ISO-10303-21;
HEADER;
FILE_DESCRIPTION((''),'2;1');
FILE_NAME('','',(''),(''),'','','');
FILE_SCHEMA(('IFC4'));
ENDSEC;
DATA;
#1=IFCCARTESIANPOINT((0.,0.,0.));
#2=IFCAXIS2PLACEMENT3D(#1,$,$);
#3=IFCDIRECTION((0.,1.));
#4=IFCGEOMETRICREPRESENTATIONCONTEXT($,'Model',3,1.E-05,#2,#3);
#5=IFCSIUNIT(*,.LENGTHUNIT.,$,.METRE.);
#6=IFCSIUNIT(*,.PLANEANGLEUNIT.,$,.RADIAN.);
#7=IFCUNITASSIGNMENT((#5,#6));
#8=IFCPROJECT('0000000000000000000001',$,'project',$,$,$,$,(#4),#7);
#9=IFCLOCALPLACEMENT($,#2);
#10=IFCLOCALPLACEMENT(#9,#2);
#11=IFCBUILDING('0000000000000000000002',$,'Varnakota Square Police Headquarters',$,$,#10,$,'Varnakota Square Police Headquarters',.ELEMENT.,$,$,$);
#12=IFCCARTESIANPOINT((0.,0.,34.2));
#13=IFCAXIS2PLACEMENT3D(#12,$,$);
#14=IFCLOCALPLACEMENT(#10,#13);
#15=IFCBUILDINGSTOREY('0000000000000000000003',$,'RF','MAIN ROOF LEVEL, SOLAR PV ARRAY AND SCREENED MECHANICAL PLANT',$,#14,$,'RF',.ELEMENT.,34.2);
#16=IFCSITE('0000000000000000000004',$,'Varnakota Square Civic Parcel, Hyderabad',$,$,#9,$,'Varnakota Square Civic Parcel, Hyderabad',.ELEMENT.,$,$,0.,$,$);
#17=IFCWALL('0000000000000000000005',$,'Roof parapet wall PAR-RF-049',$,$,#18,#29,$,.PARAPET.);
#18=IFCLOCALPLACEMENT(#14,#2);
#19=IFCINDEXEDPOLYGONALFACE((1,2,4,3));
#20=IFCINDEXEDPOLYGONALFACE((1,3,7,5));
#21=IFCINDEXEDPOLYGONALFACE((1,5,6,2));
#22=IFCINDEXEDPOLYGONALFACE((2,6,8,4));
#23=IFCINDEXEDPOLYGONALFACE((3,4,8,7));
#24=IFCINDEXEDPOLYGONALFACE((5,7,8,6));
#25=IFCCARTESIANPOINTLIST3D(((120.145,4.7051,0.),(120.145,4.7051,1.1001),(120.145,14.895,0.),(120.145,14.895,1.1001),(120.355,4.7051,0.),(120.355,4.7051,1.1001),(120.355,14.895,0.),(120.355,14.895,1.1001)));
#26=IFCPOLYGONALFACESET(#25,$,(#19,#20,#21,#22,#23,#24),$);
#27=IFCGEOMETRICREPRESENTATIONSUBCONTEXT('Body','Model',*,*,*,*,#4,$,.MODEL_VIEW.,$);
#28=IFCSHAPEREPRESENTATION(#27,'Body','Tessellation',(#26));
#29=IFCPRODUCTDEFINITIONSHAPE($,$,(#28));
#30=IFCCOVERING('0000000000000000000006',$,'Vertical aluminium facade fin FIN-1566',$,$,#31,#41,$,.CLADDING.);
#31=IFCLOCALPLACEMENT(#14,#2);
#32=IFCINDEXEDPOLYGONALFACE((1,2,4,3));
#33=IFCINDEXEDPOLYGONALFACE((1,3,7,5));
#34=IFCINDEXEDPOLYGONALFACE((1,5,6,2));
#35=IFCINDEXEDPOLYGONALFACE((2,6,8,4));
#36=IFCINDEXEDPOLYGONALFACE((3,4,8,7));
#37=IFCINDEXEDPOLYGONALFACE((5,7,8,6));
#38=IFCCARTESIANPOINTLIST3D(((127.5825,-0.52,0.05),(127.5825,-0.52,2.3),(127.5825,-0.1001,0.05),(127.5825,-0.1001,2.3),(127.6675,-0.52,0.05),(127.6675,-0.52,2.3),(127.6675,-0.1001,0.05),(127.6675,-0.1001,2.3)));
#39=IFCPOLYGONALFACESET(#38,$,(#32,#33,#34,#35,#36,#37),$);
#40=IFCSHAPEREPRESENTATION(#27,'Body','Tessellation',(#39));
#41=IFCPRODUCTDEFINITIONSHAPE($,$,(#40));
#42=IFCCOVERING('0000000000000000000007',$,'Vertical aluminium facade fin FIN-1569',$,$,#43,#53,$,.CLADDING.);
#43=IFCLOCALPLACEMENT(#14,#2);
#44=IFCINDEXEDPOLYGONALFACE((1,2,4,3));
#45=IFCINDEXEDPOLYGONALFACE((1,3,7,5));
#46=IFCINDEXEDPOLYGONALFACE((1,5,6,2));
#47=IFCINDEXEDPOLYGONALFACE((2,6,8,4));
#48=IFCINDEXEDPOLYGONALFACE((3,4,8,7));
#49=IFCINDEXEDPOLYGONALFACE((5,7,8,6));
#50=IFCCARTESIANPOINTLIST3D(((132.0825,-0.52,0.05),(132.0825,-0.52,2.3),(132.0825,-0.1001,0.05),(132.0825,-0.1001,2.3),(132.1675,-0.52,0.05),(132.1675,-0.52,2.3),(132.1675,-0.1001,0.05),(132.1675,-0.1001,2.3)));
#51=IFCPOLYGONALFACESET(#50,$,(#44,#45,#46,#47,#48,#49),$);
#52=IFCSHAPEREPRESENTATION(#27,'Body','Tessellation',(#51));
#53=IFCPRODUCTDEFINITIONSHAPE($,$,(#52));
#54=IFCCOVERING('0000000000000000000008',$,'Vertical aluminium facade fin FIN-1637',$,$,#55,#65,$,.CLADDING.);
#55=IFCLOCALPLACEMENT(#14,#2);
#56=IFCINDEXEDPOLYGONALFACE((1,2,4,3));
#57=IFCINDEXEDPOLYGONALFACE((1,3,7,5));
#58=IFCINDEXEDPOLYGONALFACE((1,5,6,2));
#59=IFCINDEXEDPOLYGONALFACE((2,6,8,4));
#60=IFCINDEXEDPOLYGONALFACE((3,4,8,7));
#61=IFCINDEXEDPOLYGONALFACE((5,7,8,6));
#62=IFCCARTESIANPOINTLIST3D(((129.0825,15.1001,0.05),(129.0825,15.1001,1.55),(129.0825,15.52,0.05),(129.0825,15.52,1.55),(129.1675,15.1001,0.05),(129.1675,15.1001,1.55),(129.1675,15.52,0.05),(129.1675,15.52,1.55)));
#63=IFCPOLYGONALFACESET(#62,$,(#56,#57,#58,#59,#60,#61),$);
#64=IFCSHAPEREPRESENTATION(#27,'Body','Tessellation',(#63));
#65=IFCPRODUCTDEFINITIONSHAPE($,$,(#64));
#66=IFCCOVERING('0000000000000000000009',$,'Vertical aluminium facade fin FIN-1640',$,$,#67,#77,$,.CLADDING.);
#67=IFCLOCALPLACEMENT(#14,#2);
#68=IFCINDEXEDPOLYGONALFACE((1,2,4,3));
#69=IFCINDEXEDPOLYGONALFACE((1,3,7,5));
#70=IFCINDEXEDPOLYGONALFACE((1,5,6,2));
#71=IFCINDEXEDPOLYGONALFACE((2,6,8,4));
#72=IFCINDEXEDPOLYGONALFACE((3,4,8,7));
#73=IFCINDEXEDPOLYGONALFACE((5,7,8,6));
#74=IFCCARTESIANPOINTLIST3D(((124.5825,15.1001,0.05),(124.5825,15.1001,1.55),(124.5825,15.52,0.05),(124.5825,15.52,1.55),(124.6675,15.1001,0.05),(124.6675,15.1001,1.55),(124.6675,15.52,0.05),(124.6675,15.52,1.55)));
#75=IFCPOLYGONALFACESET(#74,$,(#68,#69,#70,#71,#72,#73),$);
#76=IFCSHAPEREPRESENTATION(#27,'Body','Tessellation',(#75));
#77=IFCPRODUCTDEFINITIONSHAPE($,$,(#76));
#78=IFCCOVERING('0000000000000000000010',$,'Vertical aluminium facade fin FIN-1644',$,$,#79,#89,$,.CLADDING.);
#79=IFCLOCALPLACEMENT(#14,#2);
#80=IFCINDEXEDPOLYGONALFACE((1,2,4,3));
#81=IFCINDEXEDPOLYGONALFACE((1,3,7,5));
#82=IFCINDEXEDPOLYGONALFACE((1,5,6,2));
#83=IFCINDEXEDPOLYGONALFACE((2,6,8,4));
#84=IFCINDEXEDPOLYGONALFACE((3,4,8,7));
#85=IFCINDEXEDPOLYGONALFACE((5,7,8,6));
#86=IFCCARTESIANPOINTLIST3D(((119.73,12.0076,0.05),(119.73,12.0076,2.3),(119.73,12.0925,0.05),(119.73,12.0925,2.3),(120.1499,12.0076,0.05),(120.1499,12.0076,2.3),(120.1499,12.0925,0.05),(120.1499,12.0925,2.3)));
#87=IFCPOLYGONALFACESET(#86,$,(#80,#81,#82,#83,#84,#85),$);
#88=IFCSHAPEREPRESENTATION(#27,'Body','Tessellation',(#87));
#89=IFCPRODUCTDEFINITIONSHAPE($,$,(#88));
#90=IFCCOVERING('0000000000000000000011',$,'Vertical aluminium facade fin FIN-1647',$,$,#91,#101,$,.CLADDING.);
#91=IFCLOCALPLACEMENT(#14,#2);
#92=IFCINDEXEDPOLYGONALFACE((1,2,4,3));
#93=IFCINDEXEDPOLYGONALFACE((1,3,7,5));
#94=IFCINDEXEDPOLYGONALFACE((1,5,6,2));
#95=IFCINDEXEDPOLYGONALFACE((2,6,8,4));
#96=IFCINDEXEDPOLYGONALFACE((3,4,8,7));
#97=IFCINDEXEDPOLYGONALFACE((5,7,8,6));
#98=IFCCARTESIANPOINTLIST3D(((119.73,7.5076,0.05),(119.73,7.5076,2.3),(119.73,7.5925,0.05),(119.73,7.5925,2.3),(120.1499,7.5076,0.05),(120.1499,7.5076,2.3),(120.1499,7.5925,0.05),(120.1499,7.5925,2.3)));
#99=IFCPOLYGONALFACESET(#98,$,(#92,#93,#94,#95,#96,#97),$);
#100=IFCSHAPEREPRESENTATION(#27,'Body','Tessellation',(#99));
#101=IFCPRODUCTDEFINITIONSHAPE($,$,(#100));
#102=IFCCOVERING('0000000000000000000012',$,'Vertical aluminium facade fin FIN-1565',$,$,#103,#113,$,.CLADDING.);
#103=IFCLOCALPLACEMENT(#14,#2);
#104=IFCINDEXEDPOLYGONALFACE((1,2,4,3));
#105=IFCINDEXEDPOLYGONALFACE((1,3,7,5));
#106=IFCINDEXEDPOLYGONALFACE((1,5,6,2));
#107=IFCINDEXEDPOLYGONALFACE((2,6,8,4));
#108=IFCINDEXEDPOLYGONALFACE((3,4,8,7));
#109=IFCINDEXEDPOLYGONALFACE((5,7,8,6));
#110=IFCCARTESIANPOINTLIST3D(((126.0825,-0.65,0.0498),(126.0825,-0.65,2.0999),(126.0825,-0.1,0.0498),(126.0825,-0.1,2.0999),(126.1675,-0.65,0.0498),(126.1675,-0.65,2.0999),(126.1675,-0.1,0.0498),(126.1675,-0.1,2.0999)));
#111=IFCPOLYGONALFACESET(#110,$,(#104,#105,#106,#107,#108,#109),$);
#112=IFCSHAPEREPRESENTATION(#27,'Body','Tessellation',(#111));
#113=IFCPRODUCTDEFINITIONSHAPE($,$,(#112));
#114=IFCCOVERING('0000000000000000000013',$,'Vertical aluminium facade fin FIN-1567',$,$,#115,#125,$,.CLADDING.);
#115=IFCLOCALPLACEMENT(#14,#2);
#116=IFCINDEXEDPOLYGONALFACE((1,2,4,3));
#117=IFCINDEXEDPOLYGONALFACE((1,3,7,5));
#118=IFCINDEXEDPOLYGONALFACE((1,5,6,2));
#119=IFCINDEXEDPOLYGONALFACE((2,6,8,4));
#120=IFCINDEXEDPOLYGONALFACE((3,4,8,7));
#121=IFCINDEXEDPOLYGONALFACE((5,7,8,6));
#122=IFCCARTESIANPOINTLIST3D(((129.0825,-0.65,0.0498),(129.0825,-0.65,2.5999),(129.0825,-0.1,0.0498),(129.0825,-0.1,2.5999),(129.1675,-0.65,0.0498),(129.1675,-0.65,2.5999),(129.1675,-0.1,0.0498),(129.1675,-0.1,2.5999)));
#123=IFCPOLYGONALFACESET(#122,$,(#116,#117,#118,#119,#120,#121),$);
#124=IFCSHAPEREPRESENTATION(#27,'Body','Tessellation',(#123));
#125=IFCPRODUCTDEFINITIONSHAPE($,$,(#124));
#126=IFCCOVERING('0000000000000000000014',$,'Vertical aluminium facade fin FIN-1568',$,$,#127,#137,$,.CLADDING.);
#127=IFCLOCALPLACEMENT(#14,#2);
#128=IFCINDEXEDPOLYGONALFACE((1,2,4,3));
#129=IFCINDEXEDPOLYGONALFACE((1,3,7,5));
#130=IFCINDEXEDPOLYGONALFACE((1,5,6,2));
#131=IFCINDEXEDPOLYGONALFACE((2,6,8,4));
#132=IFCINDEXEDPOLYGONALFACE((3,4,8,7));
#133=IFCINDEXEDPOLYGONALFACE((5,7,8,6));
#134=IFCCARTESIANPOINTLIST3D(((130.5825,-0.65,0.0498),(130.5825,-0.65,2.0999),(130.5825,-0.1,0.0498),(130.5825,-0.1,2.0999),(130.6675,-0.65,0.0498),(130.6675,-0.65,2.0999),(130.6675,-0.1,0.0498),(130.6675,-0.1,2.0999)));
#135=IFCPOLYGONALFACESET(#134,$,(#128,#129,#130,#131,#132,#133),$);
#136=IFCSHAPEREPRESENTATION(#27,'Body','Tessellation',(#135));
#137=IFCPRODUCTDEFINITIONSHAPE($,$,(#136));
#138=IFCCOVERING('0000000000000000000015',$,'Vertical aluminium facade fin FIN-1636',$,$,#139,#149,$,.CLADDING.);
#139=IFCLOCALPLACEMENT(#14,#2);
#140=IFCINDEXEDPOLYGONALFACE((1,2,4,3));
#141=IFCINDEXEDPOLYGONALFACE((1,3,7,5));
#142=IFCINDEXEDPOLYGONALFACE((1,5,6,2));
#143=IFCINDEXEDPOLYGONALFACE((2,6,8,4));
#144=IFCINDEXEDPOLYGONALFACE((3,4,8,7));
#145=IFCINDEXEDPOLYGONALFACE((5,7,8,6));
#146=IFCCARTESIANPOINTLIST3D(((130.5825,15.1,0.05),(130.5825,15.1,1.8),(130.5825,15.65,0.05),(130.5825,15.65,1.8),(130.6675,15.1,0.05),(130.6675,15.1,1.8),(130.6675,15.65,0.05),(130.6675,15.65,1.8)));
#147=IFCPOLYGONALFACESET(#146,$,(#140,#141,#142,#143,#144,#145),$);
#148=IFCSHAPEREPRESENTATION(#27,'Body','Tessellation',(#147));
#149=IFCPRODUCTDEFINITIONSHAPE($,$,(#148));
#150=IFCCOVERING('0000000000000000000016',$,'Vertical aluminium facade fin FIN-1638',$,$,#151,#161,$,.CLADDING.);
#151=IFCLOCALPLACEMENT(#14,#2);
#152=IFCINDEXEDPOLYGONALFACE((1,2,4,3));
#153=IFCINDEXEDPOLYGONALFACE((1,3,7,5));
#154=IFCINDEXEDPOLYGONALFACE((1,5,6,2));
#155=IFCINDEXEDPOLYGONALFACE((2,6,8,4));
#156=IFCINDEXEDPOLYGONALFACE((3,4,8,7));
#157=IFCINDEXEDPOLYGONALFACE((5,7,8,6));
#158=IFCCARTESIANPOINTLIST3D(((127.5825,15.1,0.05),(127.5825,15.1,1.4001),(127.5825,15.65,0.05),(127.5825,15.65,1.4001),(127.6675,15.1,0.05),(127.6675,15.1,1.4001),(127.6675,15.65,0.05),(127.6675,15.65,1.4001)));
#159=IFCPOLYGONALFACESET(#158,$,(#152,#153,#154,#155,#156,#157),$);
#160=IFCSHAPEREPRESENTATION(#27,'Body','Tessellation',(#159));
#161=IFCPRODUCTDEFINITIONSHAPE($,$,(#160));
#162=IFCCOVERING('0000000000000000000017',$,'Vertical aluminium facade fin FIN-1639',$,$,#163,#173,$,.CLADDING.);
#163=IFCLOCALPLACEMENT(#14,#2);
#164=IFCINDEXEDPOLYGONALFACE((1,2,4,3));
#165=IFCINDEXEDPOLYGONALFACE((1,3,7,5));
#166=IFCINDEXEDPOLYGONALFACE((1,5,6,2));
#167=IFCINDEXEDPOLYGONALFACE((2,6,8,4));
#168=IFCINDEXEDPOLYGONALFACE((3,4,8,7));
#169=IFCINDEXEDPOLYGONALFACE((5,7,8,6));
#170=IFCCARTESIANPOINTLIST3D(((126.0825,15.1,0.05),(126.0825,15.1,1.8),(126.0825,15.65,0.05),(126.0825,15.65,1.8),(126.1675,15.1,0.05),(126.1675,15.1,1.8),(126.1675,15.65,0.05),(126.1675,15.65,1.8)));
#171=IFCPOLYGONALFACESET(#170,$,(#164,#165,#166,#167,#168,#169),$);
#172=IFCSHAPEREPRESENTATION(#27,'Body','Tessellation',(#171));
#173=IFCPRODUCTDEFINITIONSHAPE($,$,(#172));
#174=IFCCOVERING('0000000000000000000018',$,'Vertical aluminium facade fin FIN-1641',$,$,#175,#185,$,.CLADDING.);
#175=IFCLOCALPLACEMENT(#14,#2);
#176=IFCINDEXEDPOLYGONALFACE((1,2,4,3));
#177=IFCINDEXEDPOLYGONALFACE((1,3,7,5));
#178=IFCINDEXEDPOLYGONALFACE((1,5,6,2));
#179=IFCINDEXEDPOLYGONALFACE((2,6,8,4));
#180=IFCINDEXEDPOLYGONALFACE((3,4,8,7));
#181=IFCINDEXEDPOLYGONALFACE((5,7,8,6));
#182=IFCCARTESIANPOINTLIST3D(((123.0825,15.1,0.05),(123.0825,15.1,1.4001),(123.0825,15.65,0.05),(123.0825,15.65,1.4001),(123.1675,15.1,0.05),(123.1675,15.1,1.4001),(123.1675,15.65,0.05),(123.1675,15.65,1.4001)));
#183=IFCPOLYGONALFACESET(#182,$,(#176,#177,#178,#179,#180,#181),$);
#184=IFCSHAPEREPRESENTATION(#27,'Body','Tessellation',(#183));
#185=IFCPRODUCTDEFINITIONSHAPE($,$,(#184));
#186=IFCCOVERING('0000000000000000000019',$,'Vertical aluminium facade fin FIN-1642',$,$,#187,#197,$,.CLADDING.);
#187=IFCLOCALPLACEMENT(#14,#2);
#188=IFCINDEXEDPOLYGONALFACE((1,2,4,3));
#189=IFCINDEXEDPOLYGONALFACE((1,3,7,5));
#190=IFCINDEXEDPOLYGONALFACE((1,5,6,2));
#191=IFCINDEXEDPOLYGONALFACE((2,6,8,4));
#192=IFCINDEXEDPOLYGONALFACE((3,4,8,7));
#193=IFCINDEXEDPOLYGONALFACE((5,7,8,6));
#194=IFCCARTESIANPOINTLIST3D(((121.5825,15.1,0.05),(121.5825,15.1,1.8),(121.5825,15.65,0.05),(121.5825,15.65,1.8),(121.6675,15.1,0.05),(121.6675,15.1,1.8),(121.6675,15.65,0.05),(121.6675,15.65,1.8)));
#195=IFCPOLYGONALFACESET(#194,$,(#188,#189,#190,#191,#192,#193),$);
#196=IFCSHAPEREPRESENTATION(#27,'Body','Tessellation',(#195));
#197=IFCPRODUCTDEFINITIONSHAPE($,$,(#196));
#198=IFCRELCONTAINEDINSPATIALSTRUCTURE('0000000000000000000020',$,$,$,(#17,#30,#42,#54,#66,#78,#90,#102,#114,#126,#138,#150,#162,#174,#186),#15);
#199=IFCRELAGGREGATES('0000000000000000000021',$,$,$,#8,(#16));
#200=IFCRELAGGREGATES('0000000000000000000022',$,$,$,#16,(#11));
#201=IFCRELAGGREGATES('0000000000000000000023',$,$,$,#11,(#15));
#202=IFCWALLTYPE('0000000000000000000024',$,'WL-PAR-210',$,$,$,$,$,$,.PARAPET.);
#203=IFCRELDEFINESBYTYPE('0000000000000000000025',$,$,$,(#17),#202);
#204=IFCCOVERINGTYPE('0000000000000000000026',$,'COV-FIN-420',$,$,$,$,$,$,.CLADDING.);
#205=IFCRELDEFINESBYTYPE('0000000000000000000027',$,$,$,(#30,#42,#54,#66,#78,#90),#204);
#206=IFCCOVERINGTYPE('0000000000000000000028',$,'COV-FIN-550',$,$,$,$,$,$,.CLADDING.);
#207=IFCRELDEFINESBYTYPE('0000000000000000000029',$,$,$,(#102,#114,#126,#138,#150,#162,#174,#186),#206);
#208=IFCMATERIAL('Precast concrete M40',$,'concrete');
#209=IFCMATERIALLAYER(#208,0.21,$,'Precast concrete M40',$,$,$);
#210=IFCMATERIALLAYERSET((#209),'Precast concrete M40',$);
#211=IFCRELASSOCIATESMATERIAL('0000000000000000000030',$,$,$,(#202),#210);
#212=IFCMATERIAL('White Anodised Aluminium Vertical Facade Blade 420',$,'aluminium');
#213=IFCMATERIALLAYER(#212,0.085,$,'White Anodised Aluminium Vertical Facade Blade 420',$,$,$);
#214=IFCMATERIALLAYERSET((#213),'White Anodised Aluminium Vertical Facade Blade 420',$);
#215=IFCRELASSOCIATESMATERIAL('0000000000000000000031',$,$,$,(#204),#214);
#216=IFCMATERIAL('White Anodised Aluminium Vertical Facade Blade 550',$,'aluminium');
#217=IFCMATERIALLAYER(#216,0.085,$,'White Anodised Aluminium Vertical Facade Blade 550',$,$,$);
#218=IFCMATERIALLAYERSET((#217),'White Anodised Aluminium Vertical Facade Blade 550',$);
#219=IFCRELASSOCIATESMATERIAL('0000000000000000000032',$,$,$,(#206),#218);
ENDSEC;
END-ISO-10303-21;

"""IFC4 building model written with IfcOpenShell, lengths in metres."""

from ifc_helpers import new_model, si_unit, direction, frame, frame_2d, origin, origin_2d, place, context, subcontext, project, spatial, rectangle, extrude, material, layer, layer_set, type_object, element, save


model = new_model("IFC4")

# Units and contexts
model_context = context("Model", 3, precision=1e-05, world=origin(), true_north=direction((0.0, 1.0)))
body_context = subcontext(model_context, "Body", "Model", "MODEL_VIEW")
ifc_project = project(units=[si_unit("LENGTHUNIT", "METRE"), si_unit("PLANEANGLEUNIT", "RADIAN")], contexts=[model_context])

# Site, building, storey
site_placement = place(None, origin())
site = spatial("IfcSite", under=ifc_project, at=site_placement, Name="Varnakota Square Civic Parcel, Hyderabad", LongName="Varnakota Square Civic Parcel, Hyderabad", CompositionType="ELEMENT", RefElevation=0.0)
building_placement = place(site_placement, origin())
building = spatial("IfcBuilding", under=site, at=building_placement, Name="Varnakota Square Police Headquarters", LongName="Varnakota Square Police Headquarters", CompositionType="ELEMENT")
storey_placement = place(building_placement, frame((0.0, 0.0, 34.2)))
storey = spatial("IfcBuildingStorey", under=building, at=storey_placement, Name="RF", Description="MAIN ROOF LEVEL, SOLAR PV ARRAY AND SCREENED MECHANICAL PLANT", LongName="RF", CompositionType="ELEMENT", Elevation=34.2)

# Wall
ifc_material_1 = material(Name="Precast concrete M40", Category="concrete")
ifc_layer_1 = layer(ifc_material_1, 0.21, Name="Precast concrete M40")
ifc_layer_set_1 = layer_set([ifc_layer_1], Name="Precast concrete M40")
wall_type = type_object("IfcWallType", Name="WL-PAR-210", PredefinedType="PARAPET", material=ifc_layer_set_1)
wall_1_placement = place(storey_placement, frame((120.25, 14.895, 0.0), z_axis=(0.0, 0.0, 1.0), x_axis=(0.0, -1.0, 0.0)))
element("IfcWall", 1, at=wall_1_placement, inside=storey, type_object=wall_type, Name="Roof parapet wall PAR-RF-049", PredefinedType="PARAPET", context=body_context, shape_type="SweptSolid", body=[
    extrude(rectangle(XDim=10.1899, YDim=0.21, at=frame_2d((5.095, 0.0))), origin(), (0.0, 0.0, 1.0), 1.1001),
])

# Coverings
ifc_material_2 = material(Name="White Anodised Aluminium Vertical Facade Blade 420", Category="aluminium")
ifc_layer_2 = layer(ifc_material_2, 0.085, Name="White Anodised Aluminium Vertical Facade Blade 420")
ifc_layer_set_2 = layer_set([ifc_layer_2], Name="White Anodised Aluminium Vertical Facade Blade 420")
covering_type_1 = type_object("IfcCoveringType", Name="COV-FIN-420", PredefinedType="CLADDING", material=ifc_layer_set_2)
for number, where, z_axis, x_axis, name in (
    (2, (127.625, -0.3101, 0.05), (0.0, 0.0, 1.0), (1.0, 0.0, 0.0), "Vertical aluminium facade fin FIN-1566"),
    (3, (132.125, -0.3101, 0.05), (0.0, 0.0, 1.0), (1.0, 0.0, 0.0), "Vertical aluminium facade fin FIN-1569"),
):
    element("IfcCovering", number, at=place(storey_placement, frame(where, z_axis=z_axis, x_axis=x_axis)), inside=storey, type_object=covering_type_1, Name=name, PredefinedType="CLADDING", context=body_context, shape_type="SweptSolid", body=[
        extrude(rectangle(XDim=0.085, YDim=0.4199, at=origin_2d()), origin(), (0.0, 0.0, 1.0), 2.25),
    ])
for number, where, z_axis, x_axis, name in (
    (4, (129.125, 15.3101, 0.05), (0.0, 0.0, 1.0), (-1.0, 0.0, 0.0), "Vertical aluminium facade fin FIN-1637"),
    (5, (124.625, 15.3101, 0.05), (0.0, 0.0, 1.0), (-1.0, 0.0, 0.0), "Vertical aluminium facade fin FIN-1640"),
):
    element("IfcCovering", number, at=place(storey_placement, frame(where, z_axis=z_axis, x_axis=x_axis)), inside=storey, type_object=covering_type_1, Name=name, PredefinedType="CLADDING", context=body_context, shape_type="SweptSolid", body=[
        extrude(rectangle(XDim=0.085, YDim=0.4199, at=origin_2d()), origin(), (0.0, 0.0, 1.0), 1.5),
    ])
for number, where, z_axis, x_axis, name in (
    (6, (119.9399, 12.05, 0.05), (0.0, 0.0, 1.0), (0.0, -1.0, 0.0), "Vertical aluminium facade fin FIN-1644"),
    (7, (119.9399, 7.55, 0.05), (0.0, 0.0, 1.0), (0.0, -1.0, 0.0), "Vertical aluminium facade fin FIN-1647"),
):
    element("IfcCovering", number, at=place(storey_placement, frame(where, z_axis=z_axis, x_axis=x_axis)), inside=storey, type_object=covering_type_1, Name=name, PredefinedType="CLADDING", context=body_context, shape_type="SweptSolid", body=[
        extrude(rectangle(XDim=0.085, YDim=0.4199, at=origin_2d()), origin(), (0.0, 0.0, 1.0), 2.25),
    ])
ifc_material_3 = material(Name="White Anodised Aluminium Vertical Facade Blade 550", Category="aluminium")
ifc_layer_3 = layer(ifc_material_3, 0.085, Name="White Anodised Aluminium Vertical Facade Blade 550")
ifc_layer_set_3 = layer_set([ifc_layer_3], Name="White Anodised Aluminium Vertical Facade Blade 550")
covering_type_2 = type_object("IfcCoveringType", Name="COV-FIN-550", PredefinedType="CLADDING", material=ifc_layer_set_3)
covering_1_placement = place(storey_placement, frame((126.125, -0.375, 0.0498), z_axis=(0.0, 0.0, 1.0), x_axis=(1.0, 0.0, 0.0)))
element("IfcCovering", 8, at=covering_1_placement, inside=storey, type_object=covering_type_2, Name="Vertical aluminium facade fin FIN-1565", PredefinedType="CLADDING", context=body_context, shape_type="SweptSolid", body=[
    extrude(rectangle(XDim=0.085, YDim=0.55, at=origin_2d()), origin(), (0.0, 0.0, 1.0), 2.05),
])
covering_2_placement = place(storey_placement, frame((129.125, -0.375, 0.0498), z_axis=(0.0, 0.0, 1.0), x_axis=(1.0, 0.0, 0.0)))
element("IfcCovering", 9, at=covering_2_placement, inside=storey, type_object=covering_type_2, Name="Vertical aluminium facade fin FIN-1567", PredefinedType="CLADDING", context=body_context, shape_type="SweptSolid", body=[
    extrude(rectangle(XDim=0.085, YDim=0.55, at=origin_2d()), origin(), (0.0, 0.0, 1.0), 2.55),
])
covering_3_placement = place(storey_placement, frame((130.625, -0.375, 0.0498), z_axis=(0.0, 0.0, 1.0), x_axis=(1.0, 0.0, 0.0)))
element("IfcCovering", 10, at=covering_3_placement, inside=storey, type_object=covering_type_2, Name="Vertical aluminium facade fin FIN-1568", PredefinedType="CLADDING", context=body_context, shape_type="SweptSolid", body=[
    extrude(rectangle(XDim=0.085, YDim=0.55, at=origin_2d()), origin(), (0.0, 0.0, 1.0), 2.05),
])
covering_4_placement = place(storey_placement, frame((130.625, 15.375, 0.05), z_axis=(0.0, 0.0, 1.0), x_axis=(-1.0, 0.0, 0.0)))
element("IfcCovering", 11, at=covering_4_placement, inside=storey, type_object=covering_type_2, Name="Vertical aluminium facade fin FIN-1636", PredefinedType="CLADDING", context=body_context, shape_type="SweptSolid", body=[
    extrude(rectangle(XDim=0.085, YDim=0.55, at=origin_2d()), origin(), (0.0, 0.0, 1.0), 1.75),
])
covering_5_placement = place(storey_placement, frame((127.625, 15.375, 0.05), z_axis=(0.0, 0.0, 1.0), x_axis=(-1.0, 0.0, 0.0)))
element("IfcCovering", 12, at=covering_5_placement, inside=storey, type_object=covering_type_2, Name="Vertical aluminium facade fin FIN-1638", PredefinedType="CLADDING", context=body_context, shape_type="SweptSolid", body=[
    extrude(rectangle(XDim=0.085, YDim=0.55, at=origin_2d()), origin(), (0.0, 0.0, 1.0), 1.3501),
])
covering_6_placement = place(storey_placement, frame((126.125, 15.375, 0.05), z_axis=(0.0, 0.0, 1.0), x_axis=(-1.0, 0.0, 0.0)))
element("IfcCovering", 13, at=covering_6_placement, inside=storey, type_object=covering_type_2, Name="Vertical aluminium facade fin FIN-1639", PredefinedType="CLADDING", context=body_context, shape_type="SweptSolid", body=[
    extrude(rectangle(XDim=0.085, YDim=0.55, at=origin_2d()), origin(), (0.0, 0.0, 1.0), 1.75),
])
covering_7_placement = place(storey_placement, frame((123.125, 15.375, 0.05), z_axis=(0.0, 0.0, 1.0), x_axis=(-1.0, 0.0, 0.0)))
element("IfcCovering", 14, at=covering_7_placement, inside=storey, type_object=covering_type_2, Name="Vertical aluminium facade fin FIN-1641", PredefinedType="CLADDING", context=body_context, shape_type="SweptSolid", body=[
    extrude(rectangle(XDim=0.085, YDim=0.55, at=origin_2d()), origin(), (0.0, 0.0, 1.0), 1.3501),
])
covering_8_placement = place(storey_placement, frame((121.625, 15.375, 0.05), z_axis=(0.0, 0.0, 1.0), x_axis=(-1.0, 0.0, 0.0)))
element("IfcCovering", 15, at=covering_8_placement, inside=storey, type_object=covering_type_2, Name="Vertical aluminium facade fin FIN-1642", PredefinedType="CLADDING", context=body_context, shape_type="SweptSolid", body=[
    extrude(rectangle(XDim=0.085, YDim=0.55, at=origin_2d()), origin(), (0.0, 0.0, 1.0), 1.75),
])

save(model, "model.ifc")
